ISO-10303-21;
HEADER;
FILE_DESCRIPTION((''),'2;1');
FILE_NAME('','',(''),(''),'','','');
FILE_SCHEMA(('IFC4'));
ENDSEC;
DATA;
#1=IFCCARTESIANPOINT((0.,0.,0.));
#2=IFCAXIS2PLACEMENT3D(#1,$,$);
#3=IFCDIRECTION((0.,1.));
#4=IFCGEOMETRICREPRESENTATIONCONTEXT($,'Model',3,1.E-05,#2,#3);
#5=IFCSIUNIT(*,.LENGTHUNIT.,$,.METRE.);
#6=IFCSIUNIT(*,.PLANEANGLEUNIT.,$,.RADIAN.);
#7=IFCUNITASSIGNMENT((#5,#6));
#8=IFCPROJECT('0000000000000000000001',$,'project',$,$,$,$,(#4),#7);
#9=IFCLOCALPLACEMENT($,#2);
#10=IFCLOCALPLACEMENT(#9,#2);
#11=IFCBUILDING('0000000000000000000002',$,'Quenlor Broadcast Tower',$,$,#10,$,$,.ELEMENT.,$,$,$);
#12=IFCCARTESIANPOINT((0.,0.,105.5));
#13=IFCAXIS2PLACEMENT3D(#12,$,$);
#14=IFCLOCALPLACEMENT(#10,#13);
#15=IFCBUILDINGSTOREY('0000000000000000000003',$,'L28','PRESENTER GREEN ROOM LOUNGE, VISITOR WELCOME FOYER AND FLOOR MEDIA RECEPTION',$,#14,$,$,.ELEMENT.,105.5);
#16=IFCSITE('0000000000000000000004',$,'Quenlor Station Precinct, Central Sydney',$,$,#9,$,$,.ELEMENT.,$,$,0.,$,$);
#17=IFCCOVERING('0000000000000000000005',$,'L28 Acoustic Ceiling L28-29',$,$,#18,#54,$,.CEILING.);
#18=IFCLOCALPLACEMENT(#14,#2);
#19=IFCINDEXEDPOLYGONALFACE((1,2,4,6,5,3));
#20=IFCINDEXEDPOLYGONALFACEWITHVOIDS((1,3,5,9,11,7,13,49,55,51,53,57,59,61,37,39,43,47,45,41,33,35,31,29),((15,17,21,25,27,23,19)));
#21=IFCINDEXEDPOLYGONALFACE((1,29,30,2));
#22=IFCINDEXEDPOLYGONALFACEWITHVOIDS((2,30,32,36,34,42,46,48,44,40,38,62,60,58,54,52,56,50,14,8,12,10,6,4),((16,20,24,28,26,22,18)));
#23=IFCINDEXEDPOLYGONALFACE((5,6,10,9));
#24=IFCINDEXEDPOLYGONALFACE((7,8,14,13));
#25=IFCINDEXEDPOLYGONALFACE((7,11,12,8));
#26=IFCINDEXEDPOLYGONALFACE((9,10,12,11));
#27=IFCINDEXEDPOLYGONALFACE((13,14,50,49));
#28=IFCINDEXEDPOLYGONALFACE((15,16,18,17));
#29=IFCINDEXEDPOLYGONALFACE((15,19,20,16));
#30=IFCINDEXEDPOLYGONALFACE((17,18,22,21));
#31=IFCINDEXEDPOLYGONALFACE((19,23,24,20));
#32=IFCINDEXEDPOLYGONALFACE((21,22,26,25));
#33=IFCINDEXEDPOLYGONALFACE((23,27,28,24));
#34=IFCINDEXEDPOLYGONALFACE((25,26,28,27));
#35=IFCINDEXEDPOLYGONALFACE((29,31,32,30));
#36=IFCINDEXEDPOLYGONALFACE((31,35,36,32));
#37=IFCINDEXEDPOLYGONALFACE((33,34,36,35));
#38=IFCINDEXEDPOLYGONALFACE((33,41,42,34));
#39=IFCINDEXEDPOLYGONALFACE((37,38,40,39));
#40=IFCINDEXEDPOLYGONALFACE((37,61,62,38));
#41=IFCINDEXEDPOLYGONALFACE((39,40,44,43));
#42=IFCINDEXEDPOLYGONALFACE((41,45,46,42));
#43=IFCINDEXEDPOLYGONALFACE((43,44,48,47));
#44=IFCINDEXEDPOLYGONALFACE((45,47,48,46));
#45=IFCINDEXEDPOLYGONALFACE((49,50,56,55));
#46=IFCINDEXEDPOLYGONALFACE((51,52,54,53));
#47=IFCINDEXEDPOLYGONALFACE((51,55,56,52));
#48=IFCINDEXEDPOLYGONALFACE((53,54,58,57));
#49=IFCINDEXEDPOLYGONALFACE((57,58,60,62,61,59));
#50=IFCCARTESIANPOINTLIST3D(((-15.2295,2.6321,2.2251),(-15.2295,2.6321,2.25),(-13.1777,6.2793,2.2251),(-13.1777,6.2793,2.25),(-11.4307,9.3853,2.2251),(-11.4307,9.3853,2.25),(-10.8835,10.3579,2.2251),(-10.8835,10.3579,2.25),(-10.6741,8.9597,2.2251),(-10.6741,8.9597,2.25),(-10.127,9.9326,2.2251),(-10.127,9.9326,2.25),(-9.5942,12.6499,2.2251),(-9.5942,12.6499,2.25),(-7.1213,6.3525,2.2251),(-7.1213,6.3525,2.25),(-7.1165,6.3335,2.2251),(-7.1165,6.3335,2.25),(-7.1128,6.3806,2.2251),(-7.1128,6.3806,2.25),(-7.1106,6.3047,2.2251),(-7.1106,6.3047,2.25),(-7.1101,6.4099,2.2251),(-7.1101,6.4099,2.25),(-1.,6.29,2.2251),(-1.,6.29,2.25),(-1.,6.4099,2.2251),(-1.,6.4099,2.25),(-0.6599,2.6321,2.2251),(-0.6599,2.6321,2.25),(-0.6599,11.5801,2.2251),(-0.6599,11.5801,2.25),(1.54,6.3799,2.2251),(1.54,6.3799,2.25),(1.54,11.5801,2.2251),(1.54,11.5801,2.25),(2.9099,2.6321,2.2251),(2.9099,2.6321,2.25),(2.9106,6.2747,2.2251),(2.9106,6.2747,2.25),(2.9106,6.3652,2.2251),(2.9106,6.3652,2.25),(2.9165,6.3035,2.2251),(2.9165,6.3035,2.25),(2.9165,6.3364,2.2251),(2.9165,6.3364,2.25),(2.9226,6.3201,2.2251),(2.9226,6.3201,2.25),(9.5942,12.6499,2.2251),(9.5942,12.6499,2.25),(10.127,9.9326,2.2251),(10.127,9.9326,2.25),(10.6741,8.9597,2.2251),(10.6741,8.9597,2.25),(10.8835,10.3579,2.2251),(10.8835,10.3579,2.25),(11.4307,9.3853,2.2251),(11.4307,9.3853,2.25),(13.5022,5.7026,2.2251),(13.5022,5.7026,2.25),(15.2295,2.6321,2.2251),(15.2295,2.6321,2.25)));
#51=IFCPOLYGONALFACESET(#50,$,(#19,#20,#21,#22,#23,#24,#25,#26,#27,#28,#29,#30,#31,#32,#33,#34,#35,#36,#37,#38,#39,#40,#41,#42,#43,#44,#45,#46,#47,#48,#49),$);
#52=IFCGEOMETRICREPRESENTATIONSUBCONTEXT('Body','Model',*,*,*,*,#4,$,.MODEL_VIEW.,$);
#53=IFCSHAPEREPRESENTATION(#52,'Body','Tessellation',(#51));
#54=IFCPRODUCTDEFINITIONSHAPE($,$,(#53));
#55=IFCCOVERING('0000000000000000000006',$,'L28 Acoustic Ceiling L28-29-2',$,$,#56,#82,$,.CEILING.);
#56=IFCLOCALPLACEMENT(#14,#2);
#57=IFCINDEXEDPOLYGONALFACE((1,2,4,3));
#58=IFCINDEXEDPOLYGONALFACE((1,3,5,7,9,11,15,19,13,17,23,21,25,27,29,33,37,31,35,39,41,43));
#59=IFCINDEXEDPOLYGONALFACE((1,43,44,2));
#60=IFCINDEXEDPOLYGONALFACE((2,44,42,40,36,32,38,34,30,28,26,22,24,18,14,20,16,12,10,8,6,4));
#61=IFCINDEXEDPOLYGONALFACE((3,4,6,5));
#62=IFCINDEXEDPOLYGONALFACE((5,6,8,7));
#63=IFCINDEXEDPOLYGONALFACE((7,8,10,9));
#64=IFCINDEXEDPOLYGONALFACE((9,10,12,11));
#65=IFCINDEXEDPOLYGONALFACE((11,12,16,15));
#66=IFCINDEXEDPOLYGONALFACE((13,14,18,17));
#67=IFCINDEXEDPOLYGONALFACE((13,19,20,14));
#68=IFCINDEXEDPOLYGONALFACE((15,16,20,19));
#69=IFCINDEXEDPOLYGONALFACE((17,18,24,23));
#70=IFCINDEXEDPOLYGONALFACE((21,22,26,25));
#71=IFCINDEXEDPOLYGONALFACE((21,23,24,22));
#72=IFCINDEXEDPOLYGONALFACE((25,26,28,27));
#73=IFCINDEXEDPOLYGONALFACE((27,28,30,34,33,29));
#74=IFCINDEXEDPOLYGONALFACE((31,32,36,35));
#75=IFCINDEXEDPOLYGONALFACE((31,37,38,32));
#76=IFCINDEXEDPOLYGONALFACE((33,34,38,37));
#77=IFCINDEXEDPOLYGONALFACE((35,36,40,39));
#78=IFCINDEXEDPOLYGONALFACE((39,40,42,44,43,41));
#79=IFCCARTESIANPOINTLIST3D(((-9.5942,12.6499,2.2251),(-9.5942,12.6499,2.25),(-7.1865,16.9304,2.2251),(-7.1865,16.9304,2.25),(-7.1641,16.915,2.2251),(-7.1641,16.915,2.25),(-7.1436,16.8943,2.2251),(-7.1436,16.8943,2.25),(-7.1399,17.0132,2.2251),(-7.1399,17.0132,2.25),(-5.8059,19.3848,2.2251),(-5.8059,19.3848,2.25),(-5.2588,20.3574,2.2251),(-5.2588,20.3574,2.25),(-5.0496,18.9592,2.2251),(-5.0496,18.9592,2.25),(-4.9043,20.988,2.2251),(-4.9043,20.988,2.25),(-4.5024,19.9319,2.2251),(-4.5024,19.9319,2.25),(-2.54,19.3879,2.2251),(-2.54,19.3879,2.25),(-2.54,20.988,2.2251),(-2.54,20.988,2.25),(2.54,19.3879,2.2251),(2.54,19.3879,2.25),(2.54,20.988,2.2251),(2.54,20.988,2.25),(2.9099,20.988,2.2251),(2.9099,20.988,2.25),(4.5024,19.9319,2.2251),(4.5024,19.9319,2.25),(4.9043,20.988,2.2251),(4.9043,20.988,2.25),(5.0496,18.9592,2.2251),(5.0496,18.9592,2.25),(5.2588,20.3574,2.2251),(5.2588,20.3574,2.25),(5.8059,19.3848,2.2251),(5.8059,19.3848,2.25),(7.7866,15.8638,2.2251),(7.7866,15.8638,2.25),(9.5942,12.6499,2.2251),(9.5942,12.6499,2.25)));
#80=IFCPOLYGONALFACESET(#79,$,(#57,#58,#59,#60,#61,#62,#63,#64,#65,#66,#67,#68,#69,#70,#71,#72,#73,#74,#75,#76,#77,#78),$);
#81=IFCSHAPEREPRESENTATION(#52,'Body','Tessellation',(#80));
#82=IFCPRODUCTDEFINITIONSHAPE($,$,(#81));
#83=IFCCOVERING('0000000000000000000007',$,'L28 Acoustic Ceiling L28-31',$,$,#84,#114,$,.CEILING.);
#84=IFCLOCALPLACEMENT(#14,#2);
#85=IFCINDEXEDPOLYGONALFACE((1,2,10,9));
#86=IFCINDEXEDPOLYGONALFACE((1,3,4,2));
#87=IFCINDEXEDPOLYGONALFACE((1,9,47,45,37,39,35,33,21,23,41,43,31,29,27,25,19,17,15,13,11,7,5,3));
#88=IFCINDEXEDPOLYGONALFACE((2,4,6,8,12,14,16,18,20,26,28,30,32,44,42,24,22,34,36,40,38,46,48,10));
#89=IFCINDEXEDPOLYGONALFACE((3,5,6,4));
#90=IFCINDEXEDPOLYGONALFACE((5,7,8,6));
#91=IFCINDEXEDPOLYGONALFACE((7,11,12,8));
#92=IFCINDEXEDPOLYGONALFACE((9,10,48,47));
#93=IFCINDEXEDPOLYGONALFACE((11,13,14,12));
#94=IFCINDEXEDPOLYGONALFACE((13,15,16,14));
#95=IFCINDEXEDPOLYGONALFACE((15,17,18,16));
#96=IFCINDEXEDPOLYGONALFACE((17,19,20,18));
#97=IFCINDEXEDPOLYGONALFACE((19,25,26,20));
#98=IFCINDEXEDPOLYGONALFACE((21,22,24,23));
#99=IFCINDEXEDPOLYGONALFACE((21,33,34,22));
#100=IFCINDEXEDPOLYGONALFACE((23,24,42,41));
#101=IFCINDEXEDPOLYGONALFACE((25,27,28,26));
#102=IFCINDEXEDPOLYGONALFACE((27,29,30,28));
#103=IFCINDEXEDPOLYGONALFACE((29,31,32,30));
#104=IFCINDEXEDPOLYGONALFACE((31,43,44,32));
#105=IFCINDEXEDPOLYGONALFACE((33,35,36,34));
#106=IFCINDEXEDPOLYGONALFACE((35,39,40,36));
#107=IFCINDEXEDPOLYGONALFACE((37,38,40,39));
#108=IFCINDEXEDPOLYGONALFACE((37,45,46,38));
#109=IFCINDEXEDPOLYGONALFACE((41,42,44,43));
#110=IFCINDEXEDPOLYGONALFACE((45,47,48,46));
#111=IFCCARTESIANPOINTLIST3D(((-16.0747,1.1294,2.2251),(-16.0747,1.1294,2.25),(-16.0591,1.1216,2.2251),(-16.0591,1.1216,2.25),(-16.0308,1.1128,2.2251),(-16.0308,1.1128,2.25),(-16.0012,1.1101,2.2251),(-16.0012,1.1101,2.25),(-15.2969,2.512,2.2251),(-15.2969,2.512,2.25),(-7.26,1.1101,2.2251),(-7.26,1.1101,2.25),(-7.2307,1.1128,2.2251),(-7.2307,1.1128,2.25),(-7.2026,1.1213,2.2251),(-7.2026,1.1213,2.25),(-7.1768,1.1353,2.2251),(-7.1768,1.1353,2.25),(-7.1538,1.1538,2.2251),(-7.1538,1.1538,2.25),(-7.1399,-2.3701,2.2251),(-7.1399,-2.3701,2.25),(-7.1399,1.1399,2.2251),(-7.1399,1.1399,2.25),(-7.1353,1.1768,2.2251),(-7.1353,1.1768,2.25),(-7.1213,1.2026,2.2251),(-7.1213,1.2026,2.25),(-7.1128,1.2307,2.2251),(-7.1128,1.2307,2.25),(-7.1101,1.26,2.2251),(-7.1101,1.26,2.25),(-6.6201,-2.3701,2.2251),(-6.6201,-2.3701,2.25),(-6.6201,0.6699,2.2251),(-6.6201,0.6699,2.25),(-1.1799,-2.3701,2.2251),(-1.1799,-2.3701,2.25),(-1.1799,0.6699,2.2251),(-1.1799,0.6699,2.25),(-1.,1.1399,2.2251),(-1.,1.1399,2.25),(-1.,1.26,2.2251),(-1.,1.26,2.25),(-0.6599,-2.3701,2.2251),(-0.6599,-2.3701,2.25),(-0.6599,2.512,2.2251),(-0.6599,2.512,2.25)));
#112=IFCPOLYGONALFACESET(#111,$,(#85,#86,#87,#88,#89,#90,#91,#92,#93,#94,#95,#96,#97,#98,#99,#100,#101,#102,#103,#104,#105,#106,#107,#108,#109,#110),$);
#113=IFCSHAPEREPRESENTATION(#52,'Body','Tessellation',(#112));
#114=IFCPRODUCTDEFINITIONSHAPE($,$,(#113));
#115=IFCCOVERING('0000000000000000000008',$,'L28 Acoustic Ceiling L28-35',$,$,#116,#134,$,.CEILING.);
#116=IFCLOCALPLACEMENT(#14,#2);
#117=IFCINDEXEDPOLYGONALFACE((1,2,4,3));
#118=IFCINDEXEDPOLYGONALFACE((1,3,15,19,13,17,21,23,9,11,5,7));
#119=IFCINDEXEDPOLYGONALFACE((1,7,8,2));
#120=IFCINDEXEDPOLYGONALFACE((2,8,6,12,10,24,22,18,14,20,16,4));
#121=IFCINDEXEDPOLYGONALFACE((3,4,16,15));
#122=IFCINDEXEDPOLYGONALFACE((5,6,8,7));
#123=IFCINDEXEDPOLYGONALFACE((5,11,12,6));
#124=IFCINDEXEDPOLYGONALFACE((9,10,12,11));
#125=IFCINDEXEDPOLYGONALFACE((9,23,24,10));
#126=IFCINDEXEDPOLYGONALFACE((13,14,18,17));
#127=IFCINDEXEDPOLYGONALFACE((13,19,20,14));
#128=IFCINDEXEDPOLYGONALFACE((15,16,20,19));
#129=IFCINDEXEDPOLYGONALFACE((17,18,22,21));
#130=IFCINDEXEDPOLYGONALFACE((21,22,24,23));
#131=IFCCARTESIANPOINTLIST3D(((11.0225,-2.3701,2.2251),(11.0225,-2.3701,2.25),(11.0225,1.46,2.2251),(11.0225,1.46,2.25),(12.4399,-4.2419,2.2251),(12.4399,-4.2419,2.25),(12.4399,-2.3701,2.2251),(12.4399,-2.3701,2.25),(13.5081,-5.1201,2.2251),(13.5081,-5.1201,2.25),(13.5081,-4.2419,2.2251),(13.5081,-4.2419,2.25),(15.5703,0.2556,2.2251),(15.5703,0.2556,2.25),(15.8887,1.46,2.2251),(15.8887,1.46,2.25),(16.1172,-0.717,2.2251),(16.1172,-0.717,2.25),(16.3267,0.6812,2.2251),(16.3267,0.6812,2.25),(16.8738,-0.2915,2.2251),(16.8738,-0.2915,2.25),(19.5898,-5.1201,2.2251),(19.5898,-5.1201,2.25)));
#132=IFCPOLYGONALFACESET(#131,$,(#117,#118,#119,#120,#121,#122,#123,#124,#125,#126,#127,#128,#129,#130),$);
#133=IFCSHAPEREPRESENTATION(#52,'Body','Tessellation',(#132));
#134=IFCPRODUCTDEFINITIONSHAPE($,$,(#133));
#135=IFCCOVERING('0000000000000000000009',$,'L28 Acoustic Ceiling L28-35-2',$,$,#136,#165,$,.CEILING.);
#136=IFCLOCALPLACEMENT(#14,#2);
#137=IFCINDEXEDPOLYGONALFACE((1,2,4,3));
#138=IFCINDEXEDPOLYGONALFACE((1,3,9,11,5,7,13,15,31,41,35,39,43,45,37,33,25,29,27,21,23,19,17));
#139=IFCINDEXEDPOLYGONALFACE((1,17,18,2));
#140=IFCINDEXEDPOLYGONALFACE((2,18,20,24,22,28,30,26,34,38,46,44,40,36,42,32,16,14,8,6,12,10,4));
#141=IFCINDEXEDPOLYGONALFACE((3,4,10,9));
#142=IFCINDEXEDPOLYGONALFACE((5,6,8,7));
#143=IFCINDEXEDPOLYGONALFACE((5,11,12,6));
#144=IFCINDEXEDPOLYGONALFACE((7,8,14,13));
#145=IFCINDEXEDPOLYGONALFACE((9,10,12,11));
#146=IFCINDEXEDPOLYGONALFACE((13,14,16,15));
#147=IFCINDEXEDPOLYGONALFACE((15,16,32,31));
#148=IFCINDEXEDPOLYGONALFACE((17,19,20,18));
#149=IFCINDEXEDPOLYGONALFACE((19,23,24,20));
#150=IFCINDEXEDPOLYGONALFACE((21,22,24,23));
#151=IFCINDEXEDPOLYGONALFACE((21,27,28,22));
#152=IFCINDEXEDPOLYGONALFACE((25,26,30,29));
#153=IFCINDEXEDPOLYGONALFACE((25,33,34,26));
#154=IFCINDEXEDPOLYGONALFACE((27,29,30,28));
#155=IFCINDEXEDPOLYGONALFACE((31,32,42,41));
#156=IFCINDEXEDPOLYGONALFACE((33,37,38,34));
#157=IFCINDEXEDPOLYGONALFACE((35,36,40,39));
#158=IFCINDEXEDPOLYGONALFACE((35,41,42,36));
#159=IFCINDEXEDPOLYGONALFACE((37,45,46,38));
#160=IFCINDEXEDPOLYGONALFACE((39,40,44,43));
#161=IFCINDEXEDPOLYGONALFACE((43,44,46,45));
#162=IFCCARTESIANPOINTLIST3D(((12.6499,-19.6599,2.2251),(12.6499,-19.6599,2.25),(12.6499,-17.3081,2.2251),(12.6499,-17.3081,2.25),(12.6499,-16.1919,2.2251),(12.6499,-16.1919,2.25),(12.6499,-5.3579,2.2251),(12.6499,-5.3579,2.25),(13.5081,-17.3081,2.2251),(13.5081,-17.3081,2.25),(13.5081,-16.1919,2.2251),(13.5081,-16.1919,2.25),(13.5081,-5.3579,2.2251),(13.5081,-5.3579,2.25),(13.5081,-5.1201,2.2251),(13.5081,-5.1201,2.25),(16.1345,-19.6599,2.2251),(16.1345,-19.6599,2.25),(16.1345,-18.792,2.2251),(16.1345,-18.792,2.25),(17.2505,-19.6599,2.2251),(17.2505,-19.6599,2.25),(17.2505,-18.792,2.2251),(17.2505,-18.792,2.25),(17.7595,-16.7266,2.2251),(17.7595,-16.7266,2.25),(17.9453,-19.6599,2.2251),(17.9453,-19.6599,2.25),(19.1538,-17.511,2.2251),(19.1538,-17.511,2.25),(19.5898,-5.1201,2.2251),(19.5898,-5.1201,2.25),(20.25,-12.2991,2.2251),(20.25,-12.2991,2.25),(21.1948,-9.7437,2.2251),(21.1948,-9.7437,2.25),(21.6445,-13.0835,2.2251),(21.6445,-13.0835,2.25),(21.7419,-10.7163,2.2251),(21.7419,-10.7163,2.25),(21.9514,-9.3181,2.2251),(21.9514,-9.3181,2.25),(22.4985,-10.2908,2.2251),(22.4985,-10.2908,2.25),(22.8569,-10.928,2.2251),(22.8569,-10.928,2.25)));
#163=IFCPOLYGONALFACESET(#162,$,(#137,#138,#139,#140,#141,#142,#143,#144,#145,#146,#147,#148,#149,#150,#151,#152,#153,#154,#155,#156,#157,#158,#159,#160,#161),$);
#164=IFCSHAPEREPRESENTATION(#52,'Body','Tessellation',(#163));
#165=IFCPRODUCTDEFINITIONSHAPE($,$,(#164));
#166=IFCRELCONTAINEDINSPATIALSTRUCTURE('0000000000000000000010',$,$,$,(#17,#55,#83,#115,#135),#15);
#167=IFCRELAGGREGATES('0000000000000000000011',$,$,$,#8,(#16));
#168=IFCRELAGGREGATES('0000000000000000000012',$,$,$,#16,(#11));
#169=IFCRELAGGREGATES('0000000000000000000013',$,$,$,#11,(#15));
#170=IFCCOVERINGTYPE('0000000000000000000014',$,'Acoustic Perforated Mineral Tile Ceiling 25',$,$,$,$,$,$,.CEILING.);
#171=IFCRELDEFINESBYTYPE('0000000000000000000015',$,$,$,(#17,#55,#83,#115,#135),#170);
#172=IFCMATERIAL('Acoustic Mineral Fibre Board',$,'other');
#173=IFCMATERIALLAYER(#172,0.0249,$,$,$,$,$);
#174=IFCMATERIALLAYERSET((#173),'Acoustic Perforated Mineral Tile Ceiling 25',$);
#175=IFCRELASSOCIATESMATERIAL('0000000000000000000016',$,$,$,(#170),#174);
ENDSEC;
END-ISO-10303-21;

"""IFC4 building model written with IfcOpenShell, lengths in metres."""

from ifc_helpers import new_model, si_unit, direction, frame, origin, place, context, subcontext, project, spatial, polyline, outline, extrude, material, layer, layer_set, type_object, element, save


model = new_model("IFC4")

# Units and contexts
model_context = context("Model", 3, precision=1e-05, world=origin(), true_north=direction((0.0, 1.0)))
body_context = subcontext(model_context, "Body", "Model", "MODEL_VIEW")
ifc_project = project(units=[si_unit("LENGTHUNIT", "METRE"), si_unit("PLANEANGLEUNIT", "RADIAN")], contexts=[model_context])

# Site, building, storey
site_placement = place(None, origin())
site = spatial("IfcSite", under=ifc_project, at=site_placement, Name="Quenlor Station Precinct, Central Sydney", CompositionType="ELEMENT", RefElevation=0.0)
building_placement = place(site_placement, origin())
building = spatial("IfcBuilding", under=site, at=building_placement, Name="Quenlor Broadcast Tower", CompositionType="ELEMENT")
storey_placement = place(building_placement, frame((0.0, 0.0, 105.5)))
storey = spatial("IfcBuildingStorey", under=building, at=storey_placement, Name="L28", Description="PRESENTER GREEN ROOM LOUNGE, VISITOR WELCOME FOYER AND FLOOR MEDIA RECEPTION", CompositionType="ELEMENT", Elevation=105.5)

# Coverings
ifc_material_1 = material(Name="Acoustic Mineral Fibre Board", Category="other")
ifc_layer_1 = layer(ifc_material_1, 0.0249)
ifc_layer_set_1 = layer_set([ifc_layer_1], Name="Acoustic Perforated Mineral Tile Ceiling 25")
covering_type = type_object("IfcCoveringType", Name="Acoustic Perforated Mineral Tile Ceiling 25", PredefinedType="CEILING", material=ifc_layer_set_1)
covering_1_placement = place(storey_placement, frame((0.0, 0.0, 2.2251)))
element("IfcCovering", 1, at=covering_1_placement, inside=storey, type_object=covering_type, Name="L28 Acoustic Ceiling L28-29", PredefinedType="CEILING", context=body_context, shape_type="SweptSolid", body=[
    extrude(outline(polyline([(2.9226, 6.3201), (2.9165, 6.3364), (2.9106, 6.3652), (1.54, 6.3799), (1.54, 11.5801), (-0.6599, 11.5801), (-0.6599, 2.6321), (-15.2295, 2.6321), (-13.1777, 6.2793), (-11.4307, 9.3853), (-10.6741, 8.9597), (-10.127, 9.9326), (-10.8835, 10.3579), (-9.5942, 12.6499), (9.5942, 12.6499), (10.8835, 10.3579), (10.127, 9.9326), (10.6741, 8.9597), (11.4307, 9.3853), (13.5022, 5.7026), (15.2295, 2.6321), (2.9099, 2.6321), (2.9106, 6.2747), (2.9165, 6.3035), (2.9226, 6.3201)]), holes=[polyline([(-7.1106, 6.3047), (-1.0, 6.29), (-1.0, 6.4099), (-7.1101, 6.4099), (-7.1128, 6.3806), (-7.1213, 6.3525), (-7.1165, 6.3335), (-7.1106, 6.3047)])]), origin(), (0.0, 0.0, 1.0), 0.0249),
])
covering_2_placement = place(storey_placement, frame((0.0, 0.0, 2.2251)))
element("IfcCovering", 2, at=covering_2_placement, inside=storey, type_object=covering_type, Name="L28 Acoustic Ceiling L28-29-2", PredefinedType="CEILING", context=body_context, shape_type="SweptSolid", body=[
    extrude(outline(polyline([(-7.1865, 16.9304), (-7.1641, 16.915), (-7.1436, 16.8943), (-7.1399, 17.0132), (-5.8059, 19.3848), (-5.0496, 18.9592), (-4.5024, 19.9319), (-5.2588, 20.3574), (-4.9043, 20.988), (-2.54, 20.988), (-2.54, 19.3879), (2.54, 19.3879), (2.54, 20.988), (2.9099, 20.988), (4.9043, 20.988), (5.2588, 20.3574), (4.5024, 19.9319), (5.0496, 18.9592), (5.8059, 19.3848), (7.7866, 15.8638), (9.5942, 12.6499), (-9.5942, 12.6499), (-7.1865, 16.9304)])), origin(), (0.0, 0.0, 1.0), 0.0249),
])
covering_3_placement = place(storey_placement, frame((0.0, 0.0, 2.2251)))
element("IfcCovering", 3, at=covering_3_placement, inside=storey, type_object=covering_type, Name="L28 Acoustic Ceiling L28-31", PredefinedType="CEILING", context=body_context, shape_type="SweptSolid", body=[
    extrude(outline(polyline([(-6.6201, 0.6699), (-6.6201, -2.3701), (-7.1399, -2.3701), (-7.1399, 1.1399), (-1.0, 1.1399), (-1.0, 1.26), (-7.1101, 1.26), (-7.1128, 1.2307), (-7.1213, 1.2026), (-7.1353, 1.1768), (-7.1538, 1.1538), (-7.1768, 1.1353), (-7.2026, 1.1213), (-7.2307, 1.1128), (-7.26, 1.1101), (-16.0012, 1.1101), (-16.0308, 1.1128), (-16.0591, 1.1216), (-16.0747, 1.1294), (-15.2969, 2.512), (-0.6599, 2.512), (-0.6599, -2.3701), (-1.1799, -2.3701), (-1.1799, 0.6699), (-6.6201, 0.6699)])), origin(), (0.0, 0.0, 1.0), 0.0249),
])
covering_4_placement = place(storey_placement, frame((0.0, 0.0, 2.2251)))
element("IfcCovering", 4, at=covering_4_placement, inside=storey, type_object=covering_type, Name="L28 Acoustic Ceiling L28-35", PredefinedType="CEILING", context=body_context, shape_type="SweptSolid", body=[
    extrude(outline(polyline([(11.0225, 1.46), (15.8887, 1.46), (16.3267, 0.6812), (15.5703, 0.2556), (16.1172, -0.717), (16.8738, -0.2915), (19.5898, -5.1201), (13.5081, -5.1201), (13.5081, -4.2419), (12.4399, -4.2419), (12.4399, -2.3701), (11.0225, -2.3701), (11.0225, 1.46)])), origin(), (0.0, 0.0, 1.0), 0.0249),
])
covering_5_placement = place(storey_placement, frame((0.0, 0.0, 2.2251)))
element("IfcCovering", 5, at=covering_5_placement, inside=storey, type_object=covering_type, Name="L28 Acoustic Ceiling L28-35-2", PredefinedType="CEILING", context=body_context, shape_type="SweptSolid", body=[
    extrude(outline(polyline([(21.9514, -9.3181), (21.1948, -9.7437), (21.7419, -10.7163), (22.4985, -10.2908), (22.8569, -10.928), (21.6445, -13.0835), (20.25, -12.2991), (17.7595, -16.7266), (19.1538, -17.511), (17.9453, -19.6599), (17.2505, -19.6599), (17.2505, -18.792), (16.1345, -18.792), (16.1345, -19.6599), (12.6499, -19.6599), (12.6499, -17.3081), (13.5081, -17.3081), (13.5081, -16.1919), (12.6499, -16.1919), (12.6499, -5.3579), (13.5081, -5.3579), (13.5081, -5.1201), (19.5898, -5.1201), (21.9514, -9.3181)])), origin(), (0.0, 0.0, 1.0), 0.0249),
])

save(model, "model.ifc")
